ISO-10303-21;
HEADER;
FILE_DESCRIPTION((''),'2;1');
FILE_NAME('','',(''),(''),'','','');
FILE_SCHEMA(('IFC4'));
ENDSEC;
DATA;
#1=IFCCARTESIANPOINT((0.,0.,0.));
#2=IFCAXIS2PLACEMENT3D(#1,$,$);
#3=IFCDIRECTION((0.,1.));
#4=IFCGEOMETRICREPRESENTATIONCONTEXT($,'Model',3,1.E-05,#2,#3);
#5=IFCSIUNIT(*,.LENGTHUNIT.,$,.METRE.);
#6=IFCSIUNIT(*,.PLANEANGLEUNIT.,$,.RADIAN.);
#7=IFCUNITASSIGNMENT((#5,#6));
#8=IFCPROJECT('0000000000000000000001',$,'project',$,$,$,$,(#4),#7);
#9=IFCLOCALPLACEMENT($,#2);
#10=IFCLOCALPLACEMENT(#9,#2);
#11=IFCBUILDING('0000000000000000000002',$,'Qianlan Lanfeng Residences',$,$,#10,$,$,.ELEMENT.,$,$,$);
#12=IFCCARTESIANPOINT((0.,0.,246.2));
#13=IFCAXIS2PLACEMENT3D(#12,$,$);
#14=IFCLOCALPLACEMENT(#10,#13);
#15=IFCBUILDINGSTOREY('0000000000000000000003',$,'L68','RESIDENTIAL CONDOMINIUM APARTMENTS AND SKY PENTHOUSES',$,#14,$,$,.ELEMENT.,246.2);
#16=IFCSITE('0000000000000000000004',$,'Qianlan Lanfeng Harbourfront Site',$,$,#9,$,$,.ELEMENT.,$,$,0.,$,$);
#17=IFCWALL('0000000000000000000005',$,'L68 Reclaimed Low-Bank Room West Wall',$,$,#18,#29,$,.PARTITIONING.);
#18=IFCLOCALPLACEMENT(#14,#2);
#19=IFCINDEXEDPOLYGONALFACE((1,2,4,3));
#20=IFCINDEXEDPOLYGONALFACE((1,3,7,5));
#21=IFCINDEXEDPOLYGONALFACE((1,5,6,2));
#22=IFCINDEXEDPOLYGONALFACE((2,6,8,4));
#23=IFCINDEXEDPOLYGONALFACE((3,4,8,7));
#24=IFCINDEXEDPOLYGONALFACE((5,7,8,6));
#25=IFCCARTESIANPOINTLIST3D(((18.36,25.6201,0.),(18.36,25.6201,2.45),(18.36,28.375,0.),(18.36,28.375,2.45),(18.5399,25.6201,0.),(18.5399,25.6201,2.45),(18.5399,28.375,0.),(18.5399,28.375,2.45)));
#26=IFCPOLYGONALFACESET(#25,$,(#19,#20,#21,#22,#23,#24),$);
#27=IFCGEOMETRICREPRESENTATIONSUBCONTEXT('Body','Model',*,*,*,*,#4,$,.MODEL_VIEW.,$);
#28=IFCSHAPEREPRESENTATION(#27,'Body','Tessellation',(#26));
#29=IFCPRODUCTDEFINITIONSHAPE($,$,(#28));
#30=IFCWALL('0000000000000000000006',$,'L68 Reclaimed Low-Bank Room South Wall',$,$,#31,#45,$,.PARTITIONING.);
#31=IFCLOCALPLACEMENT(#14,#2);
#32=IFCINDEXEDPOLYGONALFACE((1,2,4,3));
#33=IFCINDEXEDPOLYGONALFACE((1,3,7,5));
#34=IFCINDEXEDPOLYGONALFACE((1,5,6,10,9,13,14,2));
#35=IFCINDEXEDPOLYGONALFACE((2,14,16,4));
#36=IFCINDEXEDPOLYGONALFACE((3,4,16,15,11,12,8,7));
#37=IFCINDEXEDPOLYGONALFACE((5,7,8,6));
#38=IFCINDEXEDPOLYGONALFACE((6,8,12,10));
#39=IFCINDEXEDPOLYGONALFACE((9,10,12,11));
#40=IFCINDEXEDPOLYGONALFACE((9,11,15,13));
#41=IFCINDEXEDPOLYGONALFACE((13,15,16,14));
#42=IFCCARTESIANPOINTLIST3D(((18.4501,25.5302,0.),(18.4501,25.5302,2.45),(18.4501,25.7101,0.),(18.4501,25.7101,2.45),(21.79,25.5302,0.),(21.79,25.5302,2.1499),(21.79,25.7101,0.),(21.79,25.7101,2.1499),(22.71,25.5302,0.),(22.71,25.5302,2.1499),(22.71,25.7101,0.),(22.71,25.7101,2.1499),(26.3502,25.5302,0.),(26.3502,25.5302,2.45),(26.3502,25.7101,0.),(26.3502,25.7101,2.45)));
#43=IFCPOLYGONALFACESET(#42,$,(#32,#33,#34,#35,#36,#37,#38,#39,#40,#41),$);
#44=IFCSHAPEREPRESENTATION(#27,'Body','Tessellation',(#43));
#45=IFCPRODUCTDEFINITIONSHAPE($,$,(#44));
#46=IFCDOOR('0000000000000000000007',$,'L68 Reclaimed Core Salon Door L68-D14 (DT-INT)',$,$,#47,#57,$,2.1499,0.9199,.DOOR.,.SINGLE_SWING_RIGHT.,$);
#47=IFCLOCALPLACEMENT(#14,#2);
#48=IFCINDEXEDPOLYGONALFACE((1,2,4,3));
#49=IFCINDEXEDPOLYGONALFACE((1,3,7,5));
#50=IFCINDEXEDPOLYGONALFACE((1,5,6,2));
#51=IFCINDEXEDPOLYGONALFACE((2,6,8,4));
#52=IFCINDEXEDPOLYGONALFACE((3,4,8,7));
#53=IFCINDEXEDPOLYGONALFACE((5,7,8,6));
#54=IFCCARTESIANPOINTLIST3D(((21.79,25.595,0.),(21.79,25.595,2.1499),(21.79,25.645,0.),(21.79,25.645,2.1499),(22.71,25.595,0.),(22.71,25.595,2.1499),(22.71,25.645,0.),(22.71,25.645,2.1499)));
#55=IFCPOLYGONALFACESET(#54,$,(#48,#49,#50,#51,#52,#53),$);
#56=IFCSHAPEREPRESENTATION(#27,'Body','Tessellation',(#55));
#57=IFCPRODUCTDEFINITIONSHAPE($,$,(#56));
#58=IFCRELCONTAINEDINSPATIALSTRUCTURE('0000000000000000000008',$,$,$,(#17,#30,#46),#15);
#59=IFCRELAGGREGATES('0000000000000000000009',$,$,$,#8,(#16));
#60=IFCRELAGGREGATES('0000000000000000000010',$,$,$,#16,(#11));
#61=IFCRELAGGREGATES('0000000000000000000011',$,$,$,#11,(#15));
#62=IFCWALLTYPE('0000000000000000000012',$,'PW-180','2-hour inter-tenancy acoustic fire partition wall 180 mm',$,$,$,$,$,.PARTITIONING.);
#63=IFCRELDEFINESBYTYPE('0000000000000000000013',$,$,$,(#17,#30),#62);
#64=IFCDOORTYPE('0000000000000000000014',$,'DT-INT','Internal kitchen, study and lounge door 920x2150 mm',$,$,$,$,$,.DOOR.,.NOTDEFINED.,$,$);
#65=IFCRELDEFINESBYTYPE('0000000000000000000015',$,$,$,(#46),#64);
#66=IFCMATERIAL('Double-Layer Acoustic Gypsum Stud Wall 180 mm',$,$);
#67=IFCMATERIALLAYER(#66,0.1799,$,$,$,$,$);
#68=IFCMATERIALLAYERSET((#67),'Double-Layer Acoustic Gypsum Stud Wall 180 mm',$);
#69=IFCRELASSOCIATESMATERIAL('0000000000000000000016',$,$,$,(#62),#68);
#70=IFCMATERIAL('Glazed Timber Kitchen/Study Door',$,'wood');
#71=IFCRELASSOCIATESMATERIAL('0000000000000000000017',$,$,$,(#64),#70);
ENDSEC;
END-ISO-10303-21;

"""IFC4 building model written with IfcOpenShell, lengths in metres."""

from ifc_helpers import new_model, si_unit, direction, frame, frame_2d, origin, place, context, subcontext, project, spatial, rectangle, extrude, material, layer, layer_set, type_object, element, fill, save


model = new_model("IFC4")

# Units and contexts
model_context = context("Model", 3, precision=1e-05, world=origin(), true_north=direction((0.0, 1.0)))
body_context = subcontext(model_context, "Body", "Model", "MODEL_VIEW")
ifc_project = project(units=[si_unit("LENGTHUNIT", "METRE"), si_unit("PLANEANGLEUNIT", "RADIAN")], contexts=[model_context])

# Site, building, storey
site_placement = place(None, origin())
site = spatial("IfcSite", under=ifc_project, at=site_placement, Name="Qianlan Lanfeng Harbourfront Site", CompositionType="ELEMENT", RefElevation=0.0)
building_placement = place(site_placement, origin())
building = spatial("IfcBuilding", under=site, at=building_placement, Name="Qianlan Lanfeng Residences", CompositionType="ELEMENT")
storey_placement = place(building_placement, frame((0.0, 0.0, 246.2)))
storey = spatial("IfcBuildingStorey", under=building, at=storey_placement, Name="L68", Description="RESIDENTIAL CONDOMINIUM APARTMENTS AND SKY PENTHOUSES", CompositionType="ELEMENT", Elevation=246.2)

# Shared definitions
ifc_material_1 = material(Name="Double-Layer Acoustic Gypsum Stud Wall 180 mm")
ifc_layer_1 = layer(ifc_material_1, 0.1799)
ifc_layer_set_1 = layer_set([ifc_layer_1], Name="Double-Layer Acoustic Gypsum Stud Wall 180 mm")
wall_type_1 = type_object("IfcWallType", Name="PW-180", Description="2-hour inter-tenancy acoustic fire partition wall 180 mm", PredefinedType="PARTITIONING", material=ifc_layer_set_1)
ifc_material_2 = material(Name="Glazed Timber Kitchen/Study Door", Category="wood")
door_type_1 = type_object("IfcDoorType", Name="DT-INT", Description="Internal kitchen, study and lounge door 920x2150 mm", OperationType="NOTDEFINED", PredefinedType="DOOR", material=ifc_material_2)

# Wall
wall_1_placement = place(storey_placement, frame((18.45, 25.6201, 0.0), z_axis=(0.0, 0.0, 1.0), x_axis=(0.0, 1.0, 0.0)))
element("IfcWall", 1, at=wall_1_placement, inside=storey, type_object=wall_type_1, Name="L68 Reclaimed Low-Bank Room West Wall", PredefinedType="PARTITIONING", context=body_context, shape_type="SweptSolid", body=[
    extrude(rectangle(XDim=2.7549, YDim=0.1799, at=frame_2d((1.3774, 0.0))), origin(), (0.0, 0.0, 1.0), 2.45),
])

# Wall, opening, door
wall_2_placement = place(storey_placement, frame((18.45, 25.6201, 0.0), z_axis=(0.0, 0.0, 1.0), x_axis=(1.0, 0.0, 0.0)))
wall_2 = element("IfcWall", 2, at=wall_2_placement, inside=storey, type_object=wall_type_1, Name="L68 Reclaimed Low-Bank Room South Wall", PredefinedType="PARTITIONING", context=body_context, shape_type="SweptSolid", body=[
    extrude(rectangle(XDim=7.9001, YDim=0.1799, at=frame_2d((3.9502, 0.0))), origin(), (0.0, 0.0, 1.0), 2.45),
])
opening_1_placement = place(wall_2_placement, frame((3.3401, 0.0, 0.0)))
opening_1 = element("IfcOpeningElement", 3, at=opening_1_placement, cuts=wall_2, PredefinedType="OPENING", context=body_context, shape_type="SweptSolid", body=[
    extrude(rectangle(XDim=0.9199, YDim=2.1499, at=frame_2d((0.46, 1.075))), frame((0.0, 0.1001, 0.0), z_axis=(0.0, -1.0, 0.0), x_axis=(1.0, 0.0, 0.0)), (0.0, 0.0, 1.0), 0.2),
])
door_1_placement = place(opening_1_placement, origin())
door_1 = element("IfcDoor", 4, at=door_1_placement, inside=storey, type_object=door_type_1, Name="L68 Reclaimed Core Salon Door L68-D14 (DT-INT)", OperationType="SINGLE_SWING_RIGHT", OverallHeight=2.1499, OverallWidth=0.9199, PredefinedType="DOOR", context=body_context, shape_type="SweptSolid", body=[
    extrude(rectangle(XDim=0.9199, YDim=2.1499, at=frame_2d((0.46, 1.075))), frame((0.0, 0.0249, 0.0), z_axis=(0.0, -1.0, 0.0), x_axis=(1.0, 0.0, 0.0)), (0.0, 0.0, 1.0), 0.05),
])
fill(opening_1, door_1)

save(model, "model.ifc")
